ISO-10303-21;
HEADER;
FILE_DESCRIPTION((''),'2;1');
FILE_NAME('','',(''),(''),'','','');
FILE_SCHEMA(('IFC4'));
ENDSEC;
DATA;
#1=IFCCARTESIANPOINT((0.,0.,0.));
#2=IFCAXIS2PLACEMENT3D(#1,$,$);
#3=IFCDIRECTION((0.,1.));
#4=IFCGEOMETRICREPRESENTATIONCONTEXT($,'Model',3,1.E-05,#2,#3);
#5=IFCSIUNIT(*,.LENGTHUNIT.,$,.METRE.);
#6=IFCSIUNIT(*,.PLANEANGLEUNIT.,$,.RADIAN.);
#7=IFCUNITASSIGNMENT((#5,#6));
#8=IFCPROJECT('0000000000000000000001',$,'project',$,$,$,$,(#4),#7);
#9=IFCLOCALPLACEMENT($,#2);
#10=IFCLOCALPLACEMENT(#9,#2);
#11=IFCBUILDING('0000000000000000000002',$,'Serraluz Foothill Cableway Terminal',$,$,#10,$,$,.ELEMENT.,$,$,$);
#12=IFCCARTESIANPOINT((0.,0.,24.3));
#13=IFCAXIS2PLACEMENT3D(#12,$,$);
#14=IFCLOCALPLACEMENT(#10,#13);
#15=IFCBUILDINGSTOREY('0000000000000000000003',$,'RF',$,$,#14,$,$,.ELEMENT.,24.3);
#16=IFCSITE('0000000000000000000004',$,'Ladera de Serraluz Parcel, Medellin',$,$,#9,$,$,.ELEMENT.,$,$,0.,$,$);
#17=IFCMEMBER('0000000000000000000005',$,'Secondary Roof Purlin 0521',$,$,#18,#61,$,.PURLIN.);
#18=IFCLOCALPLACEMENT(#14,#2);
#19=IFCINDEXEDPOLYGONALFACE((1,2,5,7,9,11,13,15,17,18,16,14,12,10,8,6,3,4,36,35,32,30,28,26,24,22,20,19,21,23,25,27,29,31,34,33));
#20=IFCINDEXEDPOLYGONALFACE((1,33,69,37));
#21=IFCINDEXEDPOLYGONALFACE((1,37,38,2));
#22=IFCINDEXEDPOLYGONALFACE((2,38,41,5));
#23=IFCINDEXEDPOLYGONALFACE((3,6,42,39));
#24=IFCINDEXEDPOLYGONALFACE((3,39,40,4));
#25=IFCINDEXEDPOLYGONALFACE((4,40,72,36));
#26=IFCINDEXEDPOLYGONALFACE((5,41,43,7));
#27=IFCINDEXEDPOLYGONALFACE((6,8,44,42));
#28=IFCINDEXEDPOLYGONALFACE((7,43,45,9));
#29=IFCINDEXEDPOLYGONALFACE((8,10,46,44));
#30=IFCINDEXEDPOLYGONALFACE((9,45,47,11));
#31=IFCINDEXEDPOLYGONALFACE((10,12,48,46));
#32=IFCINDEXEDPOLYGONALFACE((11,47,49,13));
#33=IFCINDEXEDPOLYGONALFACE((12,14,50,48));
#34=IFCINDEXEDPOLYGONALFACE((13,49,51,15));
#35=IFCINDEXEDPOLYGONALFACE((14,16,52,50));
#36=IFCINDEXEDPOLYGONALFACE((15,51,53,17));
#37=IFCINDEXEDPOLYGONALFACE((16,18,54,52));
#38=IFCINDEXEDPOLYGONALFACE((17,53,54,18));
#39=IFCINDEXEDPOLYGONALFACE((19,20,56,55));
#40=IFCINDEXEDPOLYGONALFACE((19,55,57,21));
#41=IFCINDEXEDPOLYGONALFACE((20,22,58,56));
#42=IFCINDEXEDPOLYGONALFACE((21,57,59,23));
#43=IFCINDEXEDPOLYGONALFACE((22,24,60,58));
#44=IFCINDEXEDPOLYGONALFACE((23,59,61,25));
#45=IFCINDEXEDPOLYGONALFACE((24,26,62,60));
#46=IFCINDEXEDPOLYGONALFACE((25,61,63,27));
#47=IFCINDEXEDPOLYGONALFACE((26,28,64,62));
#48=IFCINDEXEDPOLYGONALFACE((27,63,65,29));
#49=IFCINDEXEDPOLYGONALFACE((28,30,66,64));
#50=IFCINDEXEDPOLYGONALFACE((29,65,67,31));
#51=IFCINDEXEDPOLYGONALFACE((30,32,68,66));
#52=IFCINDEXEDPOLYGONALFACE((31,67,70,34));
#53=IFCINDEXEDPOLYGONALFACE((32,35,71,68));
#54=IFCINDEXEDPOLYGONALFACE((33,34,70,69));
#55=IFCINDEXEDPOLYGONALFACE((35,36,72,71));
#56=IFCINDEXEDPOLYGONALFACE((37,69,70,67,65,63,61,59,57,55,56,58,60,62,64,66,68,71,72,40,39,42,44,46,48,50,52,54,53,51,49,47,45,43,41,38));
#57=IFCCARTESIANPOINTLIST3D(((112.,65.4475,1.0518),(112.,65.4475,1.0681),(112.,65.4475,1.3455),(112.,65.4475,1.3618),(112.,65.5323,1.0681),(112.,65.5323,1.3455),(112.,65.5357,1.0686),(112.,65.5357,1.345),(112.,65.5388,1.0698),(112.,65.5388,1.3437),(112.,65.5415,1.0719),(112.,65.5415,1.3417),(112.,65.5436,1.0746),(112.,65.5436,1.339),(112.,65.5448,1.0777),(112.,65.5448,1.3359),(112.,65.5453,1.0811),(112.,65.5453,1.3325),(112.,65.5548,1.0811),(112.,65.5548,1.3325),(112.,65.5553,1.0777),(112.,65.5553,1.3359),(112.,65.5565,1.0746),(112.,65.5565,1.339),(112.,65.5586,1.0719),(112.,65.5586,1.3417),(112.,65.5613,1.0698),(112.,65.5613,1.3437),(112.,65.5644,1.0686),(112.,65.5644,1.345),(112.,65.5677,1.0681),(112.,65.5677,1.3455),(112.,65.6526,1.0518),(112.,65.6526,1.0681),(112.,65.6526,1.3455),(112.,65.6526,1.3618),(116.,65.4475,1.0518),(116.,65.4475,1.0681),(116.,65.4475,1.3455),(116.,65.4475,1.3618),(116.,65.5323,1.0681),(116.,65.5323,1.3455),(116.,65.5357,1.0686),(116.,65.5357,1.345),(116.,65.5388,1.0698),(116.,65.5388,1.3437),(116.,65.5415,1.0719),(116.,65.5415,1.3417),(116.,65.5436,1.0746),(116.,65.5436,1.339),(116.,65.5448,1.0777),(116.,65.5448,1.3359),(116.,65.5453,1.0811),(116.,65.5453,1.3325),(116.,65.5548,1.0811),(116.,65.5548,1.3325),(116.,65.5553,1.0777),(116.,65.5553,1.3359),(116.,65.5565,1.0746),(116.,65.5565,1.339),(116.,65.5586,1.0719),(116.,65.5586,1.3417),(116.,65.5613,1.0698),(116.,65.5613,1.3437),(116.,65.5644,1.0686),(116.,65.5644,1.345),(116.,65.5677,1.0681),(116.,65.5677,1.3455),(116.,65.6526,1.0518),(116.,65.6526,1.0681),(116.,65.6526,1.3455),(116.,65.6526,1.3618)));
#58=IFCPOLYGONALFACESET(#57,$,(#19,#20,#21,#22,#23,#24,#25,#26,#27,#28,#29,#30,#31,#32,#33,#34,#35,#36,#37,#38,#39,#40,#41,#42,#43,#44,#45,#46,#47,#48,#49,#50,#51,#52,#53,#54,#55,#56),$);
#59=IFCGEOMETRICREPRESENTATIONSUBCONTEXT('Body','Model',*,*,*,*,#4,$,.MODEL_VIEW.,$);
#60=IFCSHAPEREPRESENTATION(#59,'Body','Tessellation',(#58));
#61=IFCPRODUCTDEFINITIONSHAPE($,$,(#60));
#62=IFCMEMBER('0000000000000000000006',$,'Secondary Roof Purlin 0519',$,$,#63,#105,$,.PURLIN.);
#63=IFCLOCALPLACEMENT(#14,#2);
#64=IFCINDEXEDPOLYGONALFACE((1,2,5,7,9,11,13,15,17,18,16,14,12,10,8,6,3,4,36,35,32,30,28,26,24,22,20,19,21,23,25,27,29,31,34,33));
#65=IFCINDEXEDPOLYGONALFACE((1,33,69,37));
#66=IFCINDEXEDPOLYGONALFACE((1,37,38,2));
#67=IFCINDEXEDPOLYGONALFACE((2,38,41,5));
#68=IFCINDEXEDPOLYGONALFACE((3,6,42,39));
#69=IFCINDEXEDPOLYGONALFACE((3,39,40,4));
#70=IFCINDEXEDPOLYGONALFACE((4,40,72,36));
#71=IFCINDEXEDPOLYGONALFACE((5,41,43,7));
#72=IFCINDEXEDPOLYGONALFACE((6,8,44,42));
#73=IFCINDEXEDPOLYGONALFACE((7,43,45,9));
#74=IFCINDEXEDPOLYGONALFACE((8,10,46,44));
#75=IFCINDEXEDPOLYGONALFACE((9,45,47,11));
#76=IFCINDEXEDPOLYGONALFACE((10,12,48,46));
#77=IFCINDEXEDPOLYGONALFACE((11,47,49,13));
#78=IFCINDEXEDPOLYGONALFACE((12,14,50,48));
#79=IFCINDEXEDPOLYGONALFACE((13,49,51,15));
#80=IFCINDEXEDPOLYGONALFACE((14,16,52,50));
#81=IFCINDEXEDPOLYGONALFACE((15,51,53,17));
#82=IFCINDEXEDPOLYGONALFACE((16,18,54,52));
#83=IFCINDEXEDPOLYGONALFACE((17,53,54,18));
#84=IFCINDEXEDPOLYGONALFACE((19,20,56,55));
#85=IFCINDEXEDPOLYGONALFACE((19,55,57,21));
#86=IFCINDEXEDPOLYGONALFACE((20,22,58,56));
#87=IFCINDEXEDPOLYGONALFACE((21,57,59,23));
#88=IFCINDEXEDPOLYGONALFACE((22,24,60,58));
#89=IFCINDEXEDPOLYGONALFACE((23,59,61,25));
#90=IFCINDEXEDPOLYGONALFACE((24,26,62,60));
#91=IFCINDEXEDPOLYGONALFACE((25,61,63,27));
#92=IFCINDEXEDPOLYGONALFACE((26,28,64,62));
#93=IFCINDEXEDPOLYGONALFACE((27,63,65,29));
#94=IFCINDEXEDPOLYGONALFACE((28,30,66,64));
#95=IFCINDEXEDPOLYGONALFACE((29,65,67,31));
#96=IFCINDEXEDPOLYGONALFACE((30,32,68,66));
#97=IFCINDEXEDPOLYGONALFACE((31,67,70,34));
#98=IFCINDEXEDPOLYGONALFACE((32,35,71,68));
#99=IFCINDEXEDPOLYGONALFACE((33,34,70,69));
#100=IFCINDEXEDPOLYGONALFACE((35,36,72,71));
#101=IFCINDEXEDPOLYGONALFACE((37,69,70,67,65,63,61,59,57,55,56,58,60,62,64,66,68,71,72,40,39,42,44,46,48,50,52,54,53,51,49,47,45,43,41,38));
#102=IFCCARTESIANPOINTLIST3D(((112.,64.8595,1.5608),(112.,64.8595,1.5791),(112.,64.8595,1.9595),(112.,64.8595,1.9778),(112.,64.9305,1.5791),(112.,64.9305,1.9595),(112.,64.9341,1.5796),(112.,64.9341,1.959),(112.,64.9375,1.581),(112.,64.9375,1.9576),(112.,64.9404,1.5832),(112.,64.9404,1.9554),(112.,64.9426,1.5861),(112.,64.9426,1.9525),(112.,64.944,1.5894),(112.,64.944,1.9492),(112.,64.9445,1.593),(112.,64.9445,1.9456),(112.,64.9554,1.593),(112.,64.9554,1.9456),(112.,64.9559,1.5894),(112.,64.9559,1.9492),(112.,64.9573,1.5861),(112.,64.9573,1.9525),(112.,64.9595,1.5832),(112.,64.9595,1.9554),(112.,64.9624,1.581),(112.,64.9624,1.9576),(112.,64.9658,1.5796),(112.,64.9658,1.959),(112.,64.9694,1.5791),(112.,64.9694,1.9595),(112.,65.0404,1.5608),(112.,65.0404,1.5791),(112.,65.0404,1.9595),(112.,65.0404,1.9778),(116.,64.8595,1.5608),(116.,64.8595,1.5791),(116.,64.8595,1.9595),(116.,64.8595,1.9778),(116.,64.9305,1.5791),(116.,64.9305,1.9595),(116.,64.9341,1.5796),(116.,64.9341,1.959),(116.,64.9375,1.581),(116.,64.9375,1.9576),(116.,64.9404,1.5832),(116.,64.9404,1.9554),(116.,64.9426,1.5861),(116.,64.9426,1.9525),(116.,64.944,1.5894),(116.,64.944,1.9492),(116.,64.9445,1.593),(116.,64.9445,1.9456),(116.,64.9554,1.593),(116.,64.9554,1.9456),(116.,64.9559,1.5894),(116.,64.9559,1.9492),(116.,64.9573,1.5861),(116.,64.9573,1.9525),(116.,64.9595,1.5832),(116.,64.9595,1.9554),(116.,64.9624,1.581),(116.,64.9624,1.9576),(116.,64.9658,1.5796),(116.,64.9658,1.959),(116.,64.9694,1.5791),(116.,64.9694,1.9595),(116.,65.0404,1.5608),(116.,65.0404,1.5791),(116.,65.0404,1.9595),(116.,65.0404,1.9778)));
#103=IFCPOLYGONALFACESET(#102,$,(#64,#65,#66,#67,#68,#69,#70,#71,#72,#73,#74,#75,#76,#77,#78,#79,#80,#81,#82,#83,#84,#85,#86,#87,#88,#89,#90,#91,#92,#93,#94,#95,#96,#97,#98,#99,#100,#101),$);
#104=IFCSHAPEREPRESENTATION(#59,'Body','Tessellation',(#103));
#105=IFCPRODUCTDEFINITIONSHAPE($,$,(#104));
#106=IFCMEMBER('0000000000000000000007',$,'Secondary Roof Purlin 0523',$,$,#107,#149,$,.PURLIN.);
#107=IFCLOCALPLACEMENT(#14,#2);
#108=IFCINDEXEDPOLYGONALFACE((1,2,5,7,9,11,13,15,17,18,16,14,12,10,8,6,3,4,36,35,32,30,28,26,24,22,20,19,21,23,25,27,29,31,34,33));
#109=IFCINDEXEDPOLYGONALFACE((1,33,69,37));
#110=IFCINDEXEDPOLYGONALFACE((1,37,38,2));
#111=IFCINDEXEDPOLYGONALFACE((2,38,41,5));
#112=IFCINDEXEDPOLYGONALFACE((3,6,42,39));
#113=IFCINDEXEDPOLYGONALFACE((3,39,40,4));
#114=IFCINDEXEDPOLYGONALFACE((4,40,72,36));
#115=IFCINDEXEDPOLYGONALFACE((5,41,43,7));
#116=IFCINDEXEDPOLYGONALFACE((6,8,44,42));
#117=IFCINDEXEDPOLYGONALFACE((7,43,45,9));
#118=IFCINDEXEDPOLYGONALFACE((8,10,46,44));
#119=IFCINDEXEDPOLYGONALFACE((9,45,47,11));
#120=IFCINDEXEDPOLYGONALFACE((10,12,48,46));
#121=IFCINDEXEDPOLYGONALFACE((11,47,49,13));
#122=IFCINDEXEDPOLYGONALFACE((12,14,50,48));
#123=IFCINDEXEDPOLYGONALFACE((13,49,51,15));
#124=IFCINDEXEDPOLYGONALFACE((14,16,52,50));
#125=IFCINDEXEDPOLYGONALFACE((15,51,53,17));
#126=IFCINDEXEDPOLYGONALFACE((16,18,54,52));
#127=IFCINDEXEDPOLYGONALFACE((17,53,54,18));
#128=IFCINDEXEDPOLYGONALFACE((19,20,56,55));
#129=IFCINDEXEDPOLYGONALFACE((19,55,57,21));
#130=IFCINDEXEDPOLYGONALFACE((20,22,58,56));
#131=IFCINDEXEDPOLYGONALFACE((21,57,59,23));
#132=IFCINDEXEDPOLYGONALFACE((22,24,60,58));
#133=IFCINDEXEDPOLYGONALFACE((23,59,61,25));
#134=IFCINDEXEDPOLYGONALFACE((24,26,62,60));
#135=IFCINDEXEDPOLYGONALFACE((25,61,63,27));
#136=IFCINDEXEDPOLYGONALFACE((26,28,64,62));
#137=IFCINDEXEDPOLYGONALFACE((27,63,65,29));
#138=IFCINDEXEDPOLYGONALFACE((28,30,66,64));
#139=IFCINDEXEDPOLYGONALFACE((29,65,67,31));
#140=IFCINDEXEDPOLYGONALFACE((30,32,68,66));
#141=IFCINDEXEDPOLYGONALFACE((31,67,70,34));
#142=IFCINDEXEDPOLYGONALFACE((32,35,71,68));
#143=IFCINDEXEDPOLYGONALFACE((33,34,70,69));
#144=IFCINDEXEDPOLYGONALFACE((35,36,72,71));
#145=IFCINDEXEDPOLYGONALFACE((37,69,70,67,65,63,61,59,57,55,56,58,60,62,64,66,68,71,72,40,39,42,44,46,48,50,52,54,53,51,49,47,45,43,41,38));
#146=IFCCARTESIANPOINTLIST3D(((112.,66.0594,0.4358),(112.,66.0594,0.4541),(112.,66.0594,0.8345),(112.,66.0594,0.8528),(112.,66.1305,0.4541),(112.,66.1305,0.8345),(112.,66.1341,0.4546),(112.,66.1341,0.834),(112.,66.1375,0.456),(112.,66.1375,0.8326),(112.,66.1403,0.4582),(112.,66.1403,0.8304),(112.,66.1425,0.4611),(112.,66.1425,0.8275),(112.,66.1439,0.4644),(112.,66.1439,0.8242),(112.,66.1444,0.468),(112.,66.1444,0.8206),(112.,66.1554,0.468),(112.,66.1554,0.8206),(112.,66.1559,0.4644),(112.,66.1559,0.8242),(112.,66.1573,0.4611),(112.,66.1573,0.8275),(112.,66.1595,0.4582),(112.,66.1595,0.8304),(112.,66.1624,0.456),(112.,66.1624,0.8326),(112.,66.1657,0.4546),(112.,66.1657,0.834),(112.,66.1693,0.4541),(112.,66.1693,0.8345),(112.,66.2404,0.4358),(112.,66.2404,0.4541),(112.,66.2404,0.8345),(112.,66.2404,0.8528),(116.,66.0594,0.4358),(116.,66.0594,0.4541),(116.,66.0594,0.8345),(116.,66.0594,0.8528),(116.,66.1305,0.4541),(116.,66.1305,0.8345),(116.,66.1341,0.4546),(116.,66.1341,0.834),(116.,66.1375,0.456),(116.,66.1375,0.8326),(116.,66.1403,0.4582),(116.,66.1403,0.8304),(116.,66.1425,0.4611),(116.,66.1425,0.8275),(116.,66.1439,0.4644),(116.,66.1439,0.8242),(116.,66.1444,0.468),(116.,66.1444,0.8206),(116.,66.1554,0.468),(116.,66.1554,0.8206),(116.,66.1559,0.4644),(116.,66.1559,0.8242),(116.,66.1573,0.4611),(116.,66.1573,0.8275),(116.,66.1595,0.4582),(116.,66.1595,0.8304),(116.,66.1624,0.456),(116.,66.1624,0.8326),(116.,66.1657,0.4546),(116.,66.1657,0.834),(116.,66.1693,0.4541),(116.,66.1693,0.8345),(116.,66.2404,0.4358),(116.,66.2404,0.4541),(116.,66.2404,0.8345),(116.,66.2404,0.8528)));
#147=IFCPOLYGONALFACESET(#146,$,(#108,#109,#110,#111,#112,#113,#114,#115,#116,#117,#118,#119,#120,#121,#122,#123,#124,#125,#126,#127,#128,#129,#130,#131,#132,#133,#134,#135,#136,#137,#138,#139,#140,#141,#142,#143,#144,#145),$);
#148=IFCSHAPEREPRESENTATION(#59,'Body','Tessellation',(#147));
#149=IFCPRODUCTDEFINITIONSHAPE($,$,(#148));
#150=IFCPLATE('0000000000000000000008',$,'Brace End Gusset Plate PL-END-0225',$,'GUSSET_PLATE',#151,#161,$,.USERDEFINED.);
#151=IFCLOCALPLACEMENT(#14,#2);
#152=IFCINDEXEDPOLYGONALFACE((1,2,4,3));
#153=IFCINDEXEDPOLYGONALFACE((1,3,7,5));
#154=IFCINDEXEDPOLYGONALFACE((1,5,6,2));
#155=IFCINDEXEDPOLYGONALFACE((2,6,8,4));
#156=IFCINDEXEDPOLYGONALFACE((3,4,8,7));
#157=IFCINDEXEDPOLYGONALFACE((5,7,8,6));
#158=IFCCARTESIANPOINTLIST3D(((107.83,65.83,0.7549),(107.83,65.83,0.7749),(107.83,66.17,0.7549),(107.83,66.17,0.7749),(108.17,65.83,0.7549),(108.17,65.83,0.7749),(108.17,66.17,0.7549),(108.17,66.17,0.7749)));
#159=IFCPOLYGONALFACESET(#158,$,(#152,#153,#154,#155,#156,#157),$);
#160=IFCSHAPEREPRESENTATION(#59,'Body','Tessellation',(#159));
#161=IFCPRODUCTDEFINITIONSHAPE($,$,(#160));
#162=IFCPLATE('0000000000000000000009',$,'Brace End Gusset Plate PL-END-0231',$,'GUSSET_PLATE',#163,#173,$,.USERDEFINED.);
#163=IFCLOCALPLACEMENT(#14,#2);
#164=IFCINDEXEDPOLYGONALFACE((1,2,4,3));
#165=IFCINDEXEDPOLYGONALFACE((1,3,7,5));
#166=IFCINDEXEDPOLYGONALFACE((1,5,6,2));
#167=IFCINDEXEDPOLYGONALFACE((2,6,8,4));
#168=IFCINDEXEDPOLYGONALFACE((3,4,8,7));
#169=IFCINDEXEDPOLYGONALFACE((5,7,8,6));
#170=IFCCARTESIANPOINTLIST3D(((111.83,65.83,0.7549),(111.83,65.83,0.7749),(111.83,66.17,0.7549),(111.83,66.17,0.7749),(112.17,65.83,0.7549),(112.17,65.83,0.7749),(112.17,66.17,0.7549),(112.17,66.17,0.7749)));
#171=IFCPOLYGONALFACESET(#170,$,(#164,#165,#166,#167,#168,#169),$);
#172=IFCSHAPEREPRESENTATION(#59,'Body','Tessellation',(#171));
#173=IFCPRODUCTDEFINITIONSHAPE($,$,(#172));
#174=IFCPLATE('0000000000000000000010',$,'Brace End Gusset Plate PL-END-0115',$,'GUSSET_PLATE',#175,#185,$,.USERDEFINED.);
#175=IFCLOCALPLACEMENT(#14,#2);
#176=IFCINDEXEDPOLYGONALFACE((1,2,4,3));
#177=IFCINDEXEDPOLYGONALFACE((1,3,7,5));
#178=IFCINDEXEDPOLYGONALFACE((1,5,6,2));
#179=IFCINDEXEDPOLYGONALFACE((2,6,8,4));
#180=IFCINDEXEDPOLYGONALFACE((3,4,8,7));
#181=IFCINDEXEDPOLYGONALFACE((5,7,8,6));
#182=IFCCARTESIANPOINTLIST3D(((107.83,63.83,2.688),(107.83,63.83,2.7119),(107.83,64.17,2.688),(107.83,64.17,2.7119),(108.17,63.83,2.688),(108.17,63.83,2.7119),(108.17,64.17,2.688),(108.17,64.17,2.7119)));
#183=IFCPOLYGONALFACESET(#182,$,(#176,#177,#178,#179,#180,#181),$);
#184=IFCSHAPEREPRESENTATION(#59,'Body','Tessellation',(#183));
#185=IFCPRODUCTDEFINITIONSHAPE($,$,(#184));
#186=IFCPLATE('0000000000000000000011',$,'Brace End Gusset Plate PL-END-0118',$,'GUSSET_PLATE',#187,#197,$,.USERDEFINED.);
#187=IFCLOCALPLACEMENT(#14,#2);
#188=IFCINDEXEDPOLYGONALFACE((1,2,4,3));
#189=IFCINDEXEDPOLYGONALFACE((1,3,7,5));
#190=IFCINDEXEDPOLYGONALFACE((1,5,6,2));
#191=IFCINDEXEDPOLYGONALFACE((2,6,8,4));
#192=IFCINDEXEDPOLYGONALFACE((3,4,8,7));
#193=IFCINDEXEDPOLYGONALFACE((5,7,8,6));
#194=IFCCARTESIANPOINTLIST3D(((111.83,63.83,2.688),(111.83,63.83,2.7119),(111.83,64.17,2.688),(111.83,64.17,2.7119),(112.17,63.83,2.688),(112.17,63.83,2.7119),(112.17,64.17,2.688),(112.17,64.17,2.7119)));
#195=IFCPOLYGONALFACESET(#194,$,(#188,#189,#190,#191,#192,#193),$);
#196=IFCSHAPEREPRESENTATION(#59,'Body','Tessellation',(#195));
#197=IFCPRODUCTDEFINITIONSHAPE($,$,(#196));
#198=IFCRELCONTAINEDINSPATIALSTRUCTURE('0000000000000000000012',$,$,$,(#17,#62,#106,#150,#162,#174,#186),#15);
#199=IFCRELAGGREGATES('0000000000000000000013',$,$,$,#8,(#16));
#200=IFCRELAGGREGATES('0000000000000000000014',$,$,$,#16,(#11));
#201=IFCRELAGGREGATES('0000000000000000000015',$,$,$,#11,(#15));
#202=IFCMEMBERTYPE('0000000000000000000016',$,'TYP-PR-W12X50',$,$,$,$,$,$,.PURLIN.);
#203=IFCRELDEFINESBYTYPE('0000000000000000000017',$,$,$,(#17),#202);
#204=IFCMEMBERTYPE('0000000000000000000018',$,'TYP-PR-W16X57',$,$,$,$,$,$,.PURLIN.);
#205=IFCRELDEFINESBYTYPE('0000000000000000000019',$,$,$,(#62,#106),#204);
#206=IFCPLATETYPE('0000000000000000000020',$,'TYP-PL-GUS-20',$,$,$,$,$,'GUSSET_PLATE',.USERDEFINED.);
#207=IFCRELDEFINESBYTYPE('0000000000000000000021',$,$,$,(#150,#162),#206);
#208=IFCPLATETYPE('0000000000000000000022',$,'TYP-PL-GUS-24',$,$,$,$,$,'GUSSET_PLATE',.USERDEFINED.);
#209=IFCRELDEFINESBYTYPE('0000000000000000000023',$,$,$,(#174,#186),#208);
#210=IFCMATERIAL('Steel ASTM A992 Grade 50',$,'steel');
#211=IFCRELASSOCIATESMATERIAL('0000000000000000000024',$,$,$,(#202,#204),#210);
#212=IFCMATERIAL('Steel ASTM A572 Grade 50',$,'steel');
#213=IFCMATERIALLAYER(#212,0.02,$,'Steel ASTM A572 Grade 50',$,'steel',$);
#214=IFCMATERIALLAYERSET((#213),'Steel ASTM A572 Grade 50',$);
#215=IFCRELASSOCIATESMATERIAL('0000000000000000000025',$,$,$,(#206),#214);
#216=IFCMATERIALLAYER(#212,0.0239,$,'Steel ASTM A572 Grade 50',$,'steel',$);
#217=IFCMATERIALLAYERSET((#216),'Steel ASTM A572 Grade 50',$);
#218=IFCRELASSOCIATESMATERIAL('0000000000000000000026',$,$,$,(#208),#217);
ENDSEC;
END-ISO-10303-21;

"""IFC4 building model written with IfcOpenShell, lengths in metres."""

from ifc_helpers import new_model, si_unit, direction, frame, origin, origin_2d, place, context, subcontext, project, spatial, rectangle, i_section, extrude, material, layer, layer_set, material_profile, profile_set, type_object, element, save


model = new_model("IFC4")

# Units and contexts
model_context = context("Model", 3, precision=1e-05, world=origin(), true_north=direction((0.0, 1.0)))
body_context = subcontext(model_context, "Body", "Model", "MODEL_VIEW")
ifc_project = project(units=[si_unit("LENGTHUNIT", "METRE"), si_unit("PLANEANGLEUNIT", "RADIAN")], contexts=[model_context])

# Site, building, storey
site_placement = place(None, origin())
site = spatial("IfcSite", under=ifc_project, at=site_placement, Name="Ladera de Serraluz Parcel, Medellin", CompositionType="ELEMENT", RefElevation=0.0)
building_placement = place(site_placement, origin())
building = spatial("IfcBuilding", under=site, at=building_placement, Name="Serraluz Foothill Cableway Terminal", CompositionType="ELEMENT")
storey_placement = place(building_placement, frame((0.0, 0.0, 24.3)))
storey = spatial("IfcBuildingStorey", under=building, at=storey_placement, Name="RF", CompositionType="ELEMENT", Elevation=24.3)

# Members
ifc_material_1 = material(Name="Steel ASTM A572 Grade 50", Category="steel")
ifc_material_2 = material(Name="Steel ASTM A992 Grade 50", Category="steel")
ifc_material_profile_1 = material_profile(ifc_material_2, i_section(OverallWidth=0.2051, OverallDepth=0.3101, WebThickness=0.0095, FlangeThickness=0.0164, FilletRadius=0.0129, at=origin_2d()), Name="W12X50")
ifc_profile_set_1 = profile_set([ifc_material_profile_1], Name="Steel ASTM A992 Grade 50")
member_type_1 = type_object("IfcMemberType", Name="TYP-PR-W12X50", PredefinedType="PURLIN", material=ifc_profile_set_1)
for number, where, z_axis, x_axis, name in (
    (1, (112.0, 65.55, 1.2068), (1.0, 0.0, 0.0), (0.0, 1.0, 0.0), "Secondary Roof Purlin 0521"),
):
    element("IfcMember", number, at=place(storey_placement, frame(where, z_axis=z_axis, x_axis=x_axis)), inside=storey, type_object=member_type_1, Name=name, PredefinedType="PURLIN", context=body_context, shape_type="SweptSolid", body=[
        extrude(i_section(OverallWidth=0.2051, OverallDepth=0.3101, WebThickness=0.0095, FlangeThickness=0.0164, FilletRadius=0.0129, at=origin_2d()), origin(), (0.0, 0.0, 1.0), 4.0),
    ])
ifc_material_profile_2 = material_profile(ifc_material_2, i_section(OverallWidth=0.1809, OverallDepth=0.417, WebThickness=0.011, FlangeThickness=0.0183, FilletRadius=0.0139, at=origin_2d()), Name="W16X57")
ifc_profile_set_2 = profile_set([ifc_material_profile_2], Name="Steel ASTM A992 Grade 50")
member_type_2 = type_object("IfcMemberType", Name="TYP-PR-W16X57", PredefinedType="PURLIN", material=ifc_profile_set_2)
for number, where, z_axis, x_axis, name in (
    (2, (112.0, 64.95, 1.7693), (1.0, 0.0, 0.0), (0.0, 1.0, 0.0), "Secondary Roof Purlin 0519"),
    (3, (112.0, 66.1499, 0.6443), (1.0, 0.0, 0.0), (0.0, 1.0, 0.0), "Secondary Roof Purlin 0523"),
):
    element("IfcMember", number, at=place(storey_placement, frame(where, z_axis=z_axis, x_axis=x_axis)), inside=storey, type_object=member_type_2, Name=name, PredefinedType="PURLIN", context=body_context, shape_type="SweptSolid", body=[
        extrude(i_section(OverallWidth=0.1809, OverallDepth=0.417, WebThickness=0.011, FlangeThickness=0.0183, FilletRadius=0.0139, at=origin_2d()), origin(), (0.0, 0.0, 1.0), 4.0),
    ])

# Plates
ifc_layer_1 = layer(ifc_material_1, 0.02, Name="Steel ASTM A572 Grade 50", Category="steel")
ifc_layer_set_1 = layer_set([ifc_layer_1], Name="Steel ASTM A572 Grade 50")
plate_type_1 = type_object("IfcPlateType", Name="TYP-PL-GUS-20", ElementType="GUSSET_PLATE", PredefinedType="USERDEFINED", material=ifc_layer_set_1)
for number, where, z_axis, x_axis, name in (
    (4, (108.0, 66.0, 0.7549), (0.0, 0.0, 1.0), (1.0, 0.0, 0.0), "Brace End Gusset Plate PL-END-0225"),
    (5, (112.0, 66.0, 0.7549), (0.0, 0.0, 1.0), (1.0, 0.0, 0.0), "Brace End Gusset Plate PL-END-0231"),
):
    element("IfcPlate", number, at=place(storey_placement, frame(where, z_axis=z_axis, x_axis=x_axis)), inside=storey, type_object=plate_type_1, Name=name, ObjectType="GUSSET_PLATE", PredefinedType="USERDEFINED", context=body_context, shape_type="SweptSolid", body=[
        extrude(rectangle(XDim=0.3401, YDim=0.3401, at=origin_2d()), origin(), (0.0, 0.0, 1.0), 0.02),
    ])
ifc_layer_2 = layer(ifc_material_1, 0.0239, Name="Steel ASTM A572 Grade 50", Category="steel")
ifc_layer_set_2 = layer_set([ifc_layer_2], Name="Steel ASTM A572 Grade 50")
plate_type_2 = type_object("IfcPlateType", Name="TYP-PL-GUS-24", ElementType="GUSSET_PLATE", PredefinedType="USERDEFINED", material=ifc_layer_set_2)
for number, where, z_axis, x_axis, name in (
    (6, (108.0, 64.0, 2.688), (0.0, 0.0, 1.0), (1.0, 0.0, 0.0), "Brace End Gusset Plate PL-END-0115"),
    (7, (112.0, 64.0, 2.688), (0.0, 0.0, 1.0), (1.0, 0.0, 0.0), "Brace End Gusset Plate PL-END-0118"),
):
    element("IfcPlate", number, at=place(storey_placement, frame(where, z_axis=z_axis, x_axis=x_axis)), inside=storey, type_object=plate_type_2, Name=name, ObjectType="GUSSET_PLATE", PredefinedType="USERDEFINED", context=body_context, shape_type="SweptSolid", body=[
        extrude(rectangle(XDim=0.3401, YDim=0.3401, at=origin_2d()), origin(), (0.0, 0.0, 1.0), 0.0239),
    ])

save(model, "model.ifc")
